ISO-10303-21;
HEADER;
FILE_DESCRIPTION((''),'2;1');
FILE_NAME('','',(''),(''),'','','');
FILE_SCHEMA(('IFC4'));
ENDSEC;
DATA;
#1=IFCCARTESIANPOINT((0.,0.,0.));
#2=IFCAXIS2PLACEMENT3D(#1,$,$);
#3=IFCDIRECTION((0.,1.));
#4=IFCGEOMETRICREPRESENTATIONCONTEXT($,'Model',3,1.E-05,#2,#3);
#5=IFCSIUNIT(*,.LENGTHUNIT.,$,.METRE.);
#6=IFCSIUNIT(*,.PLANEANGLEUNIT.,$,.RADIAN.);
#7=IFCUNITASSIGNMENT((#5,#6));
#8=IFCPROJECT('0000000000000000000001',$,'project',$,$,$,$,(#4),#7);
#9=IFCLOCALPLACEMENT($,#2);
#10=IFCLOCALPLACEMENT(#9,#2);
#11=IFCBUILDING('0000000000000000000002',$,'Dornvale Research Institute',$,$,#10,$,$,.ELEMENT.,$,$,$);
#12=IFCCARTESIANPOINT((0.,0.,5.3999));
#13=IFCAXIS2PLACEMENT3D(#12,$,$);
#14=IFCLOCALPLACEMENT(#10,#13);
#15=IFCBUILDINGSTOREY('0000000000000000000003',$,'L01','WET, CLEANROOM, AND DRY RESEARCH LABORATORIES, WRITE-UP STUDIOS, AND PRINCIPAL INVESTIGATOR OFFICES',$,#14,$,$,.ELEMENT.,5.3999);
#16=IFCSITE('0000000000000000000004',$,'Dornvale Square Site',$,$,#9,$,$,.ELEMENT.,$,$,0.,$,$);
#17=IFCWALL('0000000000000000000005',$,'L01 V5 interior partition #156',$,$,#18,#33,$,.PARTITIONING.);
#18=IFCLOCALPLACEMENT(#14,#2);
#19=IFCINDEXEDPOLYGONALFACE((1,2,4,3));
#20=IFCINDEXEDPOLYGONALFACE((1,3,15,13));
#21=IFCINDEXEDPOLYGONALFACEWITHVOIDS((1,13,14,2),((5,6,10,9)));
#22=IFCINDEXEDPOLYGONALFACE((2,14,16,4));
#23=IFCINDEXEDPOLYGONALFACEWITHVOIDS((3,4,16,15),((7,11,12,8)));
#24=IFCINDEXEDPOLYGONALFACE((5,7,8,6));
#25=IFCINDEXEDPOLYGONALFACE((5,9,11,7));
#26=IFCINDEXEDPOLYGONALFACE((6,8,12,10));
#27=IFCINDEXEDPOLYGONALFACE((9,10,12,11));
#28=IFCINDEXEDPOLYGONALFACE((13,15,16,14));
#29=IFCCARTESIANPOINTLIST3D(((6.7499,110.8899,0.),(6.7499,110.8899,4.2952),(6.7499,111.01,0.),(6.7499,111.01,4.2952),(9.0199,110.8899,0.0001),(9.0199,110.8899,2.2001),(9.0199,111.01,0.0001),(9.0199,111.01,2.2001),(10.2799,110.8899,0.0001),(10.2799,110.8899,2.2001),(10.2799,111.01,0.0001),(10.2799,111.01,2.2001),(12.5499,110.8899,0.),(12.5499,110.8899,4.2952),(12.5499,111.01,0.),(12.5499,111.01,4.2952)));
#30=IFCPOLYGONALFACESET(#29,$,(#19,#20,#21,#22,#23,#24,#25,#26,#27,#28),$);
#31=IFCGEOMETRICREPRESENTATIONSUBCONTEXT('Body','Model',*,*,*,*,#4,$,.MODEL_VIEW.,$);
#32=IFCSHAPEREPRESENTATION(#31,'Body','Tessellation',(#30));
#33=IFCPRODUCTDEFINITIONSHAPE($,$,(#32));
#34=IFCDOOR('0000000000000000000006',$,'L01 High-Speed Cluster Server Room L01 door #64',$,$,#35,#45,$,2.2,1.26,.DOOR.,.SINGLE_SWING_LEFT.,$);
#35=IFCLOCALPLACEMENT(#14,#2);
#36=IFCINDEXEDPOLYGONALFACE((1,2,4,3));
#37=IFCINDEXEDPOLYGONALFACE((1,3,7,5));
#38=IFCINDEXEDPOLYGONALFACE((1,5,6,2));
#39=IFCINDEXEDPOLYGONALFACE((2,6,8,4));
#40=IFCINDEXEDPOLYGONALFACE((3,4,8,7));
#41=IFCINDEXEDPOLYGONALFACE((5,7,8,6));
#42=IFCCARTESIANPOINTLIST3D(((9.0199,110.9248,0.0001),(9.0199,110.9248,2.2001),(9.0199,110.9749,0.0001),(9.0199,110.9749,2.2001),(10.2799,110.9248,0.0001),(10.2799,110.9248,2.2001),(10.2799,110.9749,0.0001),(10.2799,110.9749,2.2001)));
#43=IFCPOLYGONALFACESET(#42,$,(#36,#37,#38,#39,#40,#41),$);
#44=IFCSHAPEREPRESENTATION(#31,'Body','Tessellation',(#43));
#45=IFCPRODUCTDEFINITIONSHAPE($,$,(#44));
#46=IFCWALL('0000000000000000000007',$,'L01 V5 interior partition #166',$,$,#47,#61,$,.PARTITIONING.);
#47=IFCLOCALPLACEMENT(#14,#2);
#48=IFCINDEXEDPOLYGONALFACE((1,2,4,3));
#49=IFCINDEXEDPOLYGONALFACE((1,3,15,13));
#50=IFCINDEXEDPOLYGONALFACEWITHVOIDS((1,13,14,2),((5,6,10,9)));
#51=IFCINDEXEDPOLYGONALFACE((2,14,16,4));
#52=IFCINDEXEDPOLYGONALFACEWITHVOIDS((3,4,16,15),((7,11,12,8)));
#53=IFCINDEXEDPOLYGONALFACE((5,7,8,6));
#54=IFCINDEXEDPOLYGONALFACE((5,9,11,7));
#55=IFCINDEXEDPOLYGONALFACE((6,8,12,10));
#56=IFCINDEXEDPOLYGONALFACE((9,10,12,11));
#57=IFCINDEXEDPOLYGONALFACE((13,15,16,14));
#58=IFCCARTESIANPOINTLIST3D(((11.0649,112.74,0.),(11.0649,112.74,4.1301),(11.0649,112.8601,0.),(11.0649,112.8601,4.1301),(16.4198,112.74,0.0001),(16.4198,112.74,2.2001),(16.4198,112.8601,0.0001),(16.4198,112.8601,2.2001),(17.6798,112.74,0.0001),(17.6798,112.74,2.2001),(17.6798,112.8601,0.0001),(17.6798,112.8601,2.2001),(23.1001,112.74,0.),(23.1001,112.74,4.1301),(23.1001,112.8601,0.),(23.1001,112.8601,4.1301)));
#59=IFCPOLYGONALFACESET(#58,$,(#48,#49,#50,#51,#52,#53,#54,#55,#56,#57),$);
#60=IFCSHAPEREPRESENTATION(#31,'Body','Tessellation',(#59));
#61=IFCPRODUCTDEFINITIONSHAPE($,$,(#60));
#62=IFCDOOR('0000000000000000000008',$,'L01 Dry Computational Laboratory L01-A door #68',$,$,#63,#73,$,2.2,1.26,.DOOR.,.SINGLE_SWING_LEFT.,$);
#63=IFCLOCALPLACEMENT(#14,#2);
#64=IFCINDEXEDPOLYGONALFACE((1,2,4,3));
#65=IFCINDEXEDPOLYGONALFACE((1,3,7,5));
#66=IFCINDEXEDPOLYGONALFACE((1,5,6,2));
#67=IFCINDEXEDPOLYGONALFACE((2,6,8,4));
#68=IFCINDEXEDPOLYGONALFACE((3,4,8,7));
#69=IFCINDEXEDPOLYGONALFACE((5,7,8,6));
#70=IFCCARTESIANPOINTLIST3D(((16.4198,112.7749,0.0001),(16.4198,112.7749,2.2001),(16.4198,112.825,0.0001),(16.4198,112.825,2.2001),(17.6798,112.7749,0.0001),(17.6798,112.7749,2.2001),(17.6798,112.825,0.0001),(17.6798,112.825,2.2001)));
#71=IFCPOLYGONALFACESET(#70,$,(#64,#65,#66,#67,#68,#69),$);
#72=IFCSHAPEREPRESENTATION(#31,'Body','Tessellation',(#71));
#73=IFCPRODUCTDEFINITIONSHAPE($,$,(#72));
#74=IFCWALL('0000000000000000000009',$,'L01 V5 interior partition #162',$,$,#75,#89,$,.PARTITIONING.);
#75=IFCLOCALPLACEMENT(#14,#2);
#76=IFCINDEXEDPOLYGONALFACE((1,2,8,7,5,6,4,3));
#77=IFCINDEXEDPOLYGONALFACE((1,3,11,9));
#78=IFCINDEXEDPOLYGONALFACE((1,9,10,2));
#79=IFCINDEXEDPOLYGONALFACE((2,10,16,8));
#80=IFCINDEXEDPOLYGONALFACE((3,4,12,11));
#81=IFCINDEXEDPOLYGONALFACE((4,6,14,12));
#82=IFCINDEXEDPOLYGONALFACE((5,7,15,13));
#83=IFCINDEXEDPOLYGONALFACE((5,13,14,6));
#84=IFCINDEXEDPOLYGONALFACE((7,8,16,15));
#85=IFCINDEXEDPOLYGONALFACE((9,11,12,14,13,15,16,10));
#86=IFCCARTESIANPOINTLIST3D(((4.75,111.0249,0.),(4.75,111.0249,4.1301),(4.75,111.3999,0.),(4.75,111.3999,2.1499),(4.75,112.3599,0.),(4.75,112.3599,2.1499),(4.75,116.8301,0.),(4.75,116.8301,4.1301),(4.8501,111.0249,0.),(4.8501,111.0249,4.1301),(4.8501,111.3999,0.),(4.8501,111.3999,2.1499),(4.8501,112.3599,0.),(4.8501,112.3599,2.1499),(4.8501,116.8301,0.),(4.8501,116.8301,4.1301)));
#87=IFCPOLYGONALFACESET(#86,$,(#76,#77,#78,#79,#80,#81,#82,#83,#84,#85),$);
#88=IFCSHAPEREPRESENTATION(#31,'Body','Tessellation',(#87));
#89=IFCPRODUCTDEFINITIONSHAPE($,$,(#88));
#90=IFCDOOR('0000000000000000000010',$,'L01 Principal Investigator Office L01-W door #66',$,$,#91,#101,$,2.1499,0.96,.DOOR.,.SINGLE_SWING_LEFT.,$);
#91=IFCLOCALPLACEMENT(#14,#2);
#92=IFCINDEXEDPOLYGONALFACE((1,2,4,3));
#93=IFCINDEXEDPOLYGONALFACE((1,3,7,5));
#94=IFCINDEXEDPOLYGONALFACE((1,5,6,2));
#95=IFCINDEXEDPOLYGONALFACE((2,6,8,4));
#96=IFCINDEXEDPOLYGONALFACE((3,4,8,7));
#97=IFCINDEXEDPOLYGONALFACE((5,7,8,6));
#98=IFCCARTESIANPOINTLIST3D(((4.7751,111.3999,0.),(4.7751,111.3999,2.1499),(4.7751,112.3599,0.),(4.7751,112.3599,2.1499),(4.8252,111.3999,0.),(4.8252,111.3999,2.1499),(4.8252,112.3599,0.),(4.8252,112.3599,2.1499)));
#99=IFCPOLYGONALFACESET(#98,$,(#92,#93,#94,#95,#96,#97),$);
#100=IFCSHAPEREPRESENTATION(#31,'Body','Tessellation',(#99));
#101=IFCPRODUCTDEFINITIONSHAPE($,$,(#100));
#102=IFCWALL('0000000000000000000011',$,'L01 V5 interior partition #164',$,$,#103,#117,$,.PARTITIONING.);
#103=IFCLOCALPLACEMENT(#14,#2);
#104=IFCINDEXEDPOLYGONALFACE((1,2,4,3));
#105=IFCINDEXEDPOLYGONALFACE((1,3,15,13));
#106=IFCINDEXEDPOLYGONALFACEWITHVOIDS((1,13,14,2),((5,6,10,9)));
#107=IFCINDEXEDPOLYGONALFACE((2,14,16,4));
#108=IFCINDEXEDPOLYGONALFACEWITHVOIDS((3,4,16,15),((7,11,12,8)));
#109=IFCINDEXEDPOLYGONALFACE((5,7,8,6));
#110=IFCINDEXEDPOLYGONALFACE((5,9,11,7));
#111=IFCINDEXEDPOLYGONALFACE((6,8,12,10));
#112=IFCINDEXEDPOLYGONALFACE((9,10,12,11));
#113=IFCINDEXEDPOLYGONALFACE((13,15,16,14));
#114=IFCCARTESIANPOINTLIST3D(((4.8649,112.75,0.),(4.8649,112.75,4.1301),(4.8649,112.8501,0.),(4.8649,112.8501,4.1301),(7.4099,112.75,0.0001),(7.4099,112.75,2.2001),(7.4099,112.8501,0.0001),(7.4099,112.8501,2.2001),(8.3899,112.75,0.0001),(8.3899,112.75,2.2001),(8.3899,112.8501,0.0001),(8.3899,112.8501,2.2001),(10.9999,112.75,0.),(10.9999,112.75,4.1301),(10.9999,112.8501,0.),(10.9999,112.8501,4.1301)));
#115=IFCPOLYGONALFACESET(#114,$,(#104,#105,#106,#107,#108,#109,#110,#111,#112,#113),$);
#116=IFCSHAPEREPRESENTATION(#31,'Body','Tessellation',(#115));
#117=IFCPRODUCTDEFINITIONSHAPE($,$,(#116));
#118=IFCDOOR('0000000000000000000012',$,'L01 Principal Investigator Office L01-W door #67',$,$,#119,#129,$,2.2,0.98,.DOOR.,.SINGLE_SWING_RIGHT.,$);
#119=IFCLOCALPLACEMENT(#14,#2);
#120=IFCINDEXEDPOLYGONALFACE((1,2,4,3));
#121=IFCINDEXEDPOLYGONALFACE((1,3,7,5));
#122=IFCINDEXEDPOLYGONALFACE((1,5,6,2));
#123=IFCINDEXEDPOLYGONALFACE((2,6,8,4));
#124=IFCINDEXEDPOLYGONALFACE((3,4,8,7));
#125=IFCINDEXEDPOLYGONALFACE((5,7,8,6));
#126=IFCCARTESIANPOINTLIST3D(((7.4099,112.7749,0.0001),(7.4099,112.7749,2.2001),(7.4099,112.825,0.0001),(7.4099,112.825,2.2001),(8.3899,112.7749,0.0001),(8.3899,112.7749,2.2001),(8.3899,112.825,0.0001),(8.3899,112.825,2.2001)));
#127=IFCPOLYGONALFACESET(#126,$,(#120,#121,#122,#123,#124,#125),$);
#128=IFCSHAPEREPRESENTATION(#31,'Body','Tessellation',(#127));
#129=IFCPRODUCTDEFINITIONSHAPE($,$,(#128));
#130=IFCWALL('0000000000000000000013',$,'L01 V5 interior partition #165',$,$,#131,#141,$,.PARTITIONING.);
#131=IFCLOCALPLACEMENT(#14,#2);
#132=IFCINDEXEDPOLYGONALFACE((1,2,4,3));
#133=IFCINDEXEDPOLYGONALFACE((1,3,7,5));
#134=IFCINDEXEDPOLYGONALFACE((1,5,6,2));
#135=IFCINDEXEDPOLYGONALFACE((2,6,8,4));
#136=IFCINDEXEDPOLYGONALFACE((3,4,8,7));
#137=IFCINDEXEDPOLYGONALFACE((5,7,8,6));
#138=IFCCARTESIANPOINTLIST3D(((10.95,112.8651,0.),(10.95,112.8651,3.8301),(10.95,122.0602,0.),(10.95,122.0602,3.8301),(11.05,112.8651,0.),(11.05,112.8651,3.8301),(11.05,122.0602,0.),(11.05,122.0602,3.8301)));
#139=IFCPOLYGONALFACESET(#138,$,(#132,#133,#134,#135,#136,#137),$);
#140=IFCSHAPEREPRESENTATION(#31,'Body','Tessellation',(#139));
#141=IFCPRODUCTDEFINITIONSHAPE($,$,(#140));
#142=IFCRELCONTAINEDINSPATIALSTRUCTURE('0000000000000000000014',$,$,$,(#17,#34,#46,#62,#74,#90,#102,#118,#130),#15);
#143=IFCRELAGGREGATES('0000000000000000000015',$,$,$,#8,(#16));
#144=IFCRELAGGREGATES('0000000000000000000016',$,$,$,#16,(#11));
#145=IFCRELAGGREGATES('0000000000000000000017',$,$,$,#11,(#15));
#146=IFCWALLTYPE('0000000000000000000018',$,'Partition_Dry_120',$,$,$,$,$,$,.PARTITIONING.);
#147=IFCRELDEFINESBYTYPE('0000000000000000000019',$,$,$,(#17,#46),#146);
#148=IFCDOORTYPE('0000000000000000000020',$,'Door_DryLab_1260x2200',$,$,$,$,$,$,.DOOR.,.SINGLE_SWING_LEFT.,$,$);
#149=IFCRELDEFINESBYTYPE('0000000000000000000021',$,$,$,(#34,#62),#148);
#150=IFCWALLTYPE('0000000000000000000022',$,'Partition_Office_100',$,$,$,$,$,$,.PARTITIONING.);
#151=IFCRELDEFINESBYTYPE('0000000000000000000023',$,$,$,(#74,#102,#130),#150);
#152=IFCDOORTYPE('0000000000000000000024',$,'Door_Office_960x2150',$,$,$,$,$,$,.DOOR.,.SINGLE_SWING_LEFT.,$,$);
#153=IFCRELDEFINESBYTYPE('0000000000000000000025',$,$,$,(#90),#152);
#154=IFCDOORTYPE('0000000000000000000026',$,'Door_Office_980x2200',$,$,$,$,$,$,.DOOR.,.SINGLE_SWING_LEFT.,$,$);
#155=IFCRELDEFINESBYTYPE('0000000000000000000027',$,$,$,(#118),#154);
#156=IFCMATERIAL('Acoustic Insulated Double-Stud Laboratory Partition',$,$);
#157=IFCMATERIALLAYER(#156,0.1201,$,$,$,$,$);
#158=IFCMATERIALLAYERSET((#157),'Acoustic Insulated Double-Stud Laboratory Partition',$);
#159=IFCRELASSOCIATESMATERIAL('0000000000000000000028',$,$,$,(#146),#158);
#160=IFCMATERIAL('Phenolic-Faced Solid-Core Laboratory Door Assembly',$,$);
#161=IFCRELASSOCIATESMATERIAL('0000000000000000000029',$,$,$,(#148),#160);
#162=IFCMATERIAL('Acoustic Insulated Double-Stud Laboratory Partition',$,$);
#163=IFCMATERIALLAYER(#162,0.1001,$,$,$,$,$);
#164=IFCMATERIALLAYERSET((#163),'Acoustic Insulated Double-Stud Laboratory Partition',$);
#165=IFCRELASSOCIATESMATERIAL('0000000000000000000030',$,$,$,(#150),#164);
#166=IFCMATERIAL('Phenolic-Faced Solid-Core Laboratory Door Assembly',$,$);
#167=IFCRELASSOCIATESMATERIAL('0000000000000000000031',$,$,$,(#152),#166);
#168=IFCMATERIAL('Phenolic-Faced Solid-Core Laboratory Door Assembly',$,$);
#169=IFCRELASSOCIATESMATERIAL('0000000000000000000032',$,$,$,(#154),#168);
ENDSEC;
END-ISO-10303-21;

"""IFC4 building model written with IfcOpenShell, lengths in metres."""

from ifc_helpers import new_model, si_unit, direction, frame, frame_2d, origin, place, context, subcontext, project, spatial, rectangle, extrude, material, layer, layer_set, type_object, element, fill, save


model = new_model("IFC4")

# Units and contexts
model_context = context("Model", 3, precision=1e-05, world=origin(), true_north=direction((0.0, 1.0)))
body_context = subcontext(model_context, "Body", "Model", "MODEL_VIEW")
ifc_project = project(units=[si_unit("LENGTHUNIT", "METRE"), si_unit("PLANEANGLEUNIT", "RADIAN")], contexts=[model_context])

# Site, building, storey
site_placement = place(None, origin())
site = spatial("IfcSite", under=ifc_project, at=site_placement, Name="Dornvale Square Site", CompositionType="ELEMENT", RefElevation=0.0)
building_placement = place(site_placement, origin())
building = spatial("IfcBuilding", under=site, at=building_placement, Name="Dornvale Research Institute", CompositionType="ELEMENT")
storey_placement = place(building_placement, frame((0.0, 0.0, 5.3999)))
storey = spatial("IfcBuildingStorey", under=building, at=storey_placement, Name="L01", Description="WET, CLEANROOM, AND DRY RESEARCH LABORATORIES, WRITE-UP STUDIOS, AND PRINCIPAL INVESTIGATOR OFFICES", CompositionType="ELEMENT", Elevation=5.3999)

# Walls, openings, doors
ifc_material_1 = material(Name="Acoustic Insulated Double-Stud Laboratory Partition")
ifc_layer_1 = layer(ifc_material_1, 0.1201)
ifc_layer_set_1 = layer_set([ifc_layer_1], Name="Acoustic Insulated Double-Stud Laboratory Partition")
wall_type_1 = type_object("IfcWallType", Name="Partition_Dry_120", PredefinedType="PARTITIONING", material=ifc_layer_set_1)
wall_1_placement = place(storey_placement, frame((6.75, 110.95, 0.0), z_axis=(0.0, 0.0, 1.0), x_axis=(1.0, 0.0, 0.0)))
wall_1 = element("IfcWall", 1, at=wall_1_placement, inside=storey, type_object=wall_type_1, Name="L01 V5 interior partition #156", PredefinedType="PARTITIONING", context=body_context, shape_type="SweptSolid", body=[
    extrude(rectangle(XDim=5.8, YDim=0.1201, at=frame_2d((2.8999, 0.0))), origin(), (0.0, 0.0, 1.0), 4.2952),
])
opening_1_placement = place(wall_1_placement, frame((2.27, 0.0, 0.0)))
opening_1 = element("IfcOpeningElement", 2, at=opening_1_placement, cuts=wall_1, PredefinedType="OPENING", context=body_context, shape_type="SweptSolid", body=[
    extrude(rectangle(XDim=1.26, YDim=2.2, at=frame_2d((0.6299, 1.1001))), frame((0.0, 0.075, 0.0), z_axis=(0.0, -1.0, 0.0), x_axis=(1.0, 0.0, 0.0)), (0.0, 0.0, 1.0), 0.1501),
])
ifc_material_2 = material(Name="Phenolic-Faced Solid-Core Laboratory Door Assembly")
door_type_1 = type_object("IfcDoorType", Name="Door_DryLab_1260x2200", OperationType="SINGLE_SWING_LEFT", PredefinedType="DOOR", material=ifc_material_2)
door_1_placement = place(opening_1_placement, origin())
door_1 = element("IfcDoor", 3, at=door_1_placement, inside=storey, type_object=door_type_1, Name="L01 High-Speed Cluster Server Room L01 door #64", OperationType="SINGLE_SWING_LEFT", OverallHeight=2.2, OverallWidth=1.26, PredefinedType="DOOR", context=body_context, shape_type="SweptSolid", body=[
    extrude(rectangle(XDim=1.26, YDim=2.2, at=frame_2d((0.6299, 1.1001))), frame((0.0, 0.0249, 0.0), z_axis=(0.0, -1.0, 0.0), x_axis=(1.0, 0.0, 0.0)), (0.0, 0.0, 1.0), 0.05),
])
fill(opening_1, door_1)
wall_2_placement = place(storey_placement, frame((11.0649, 112.8, 0.0), z_axis=(0.0, 0.0, 1.0), x_axis=(1.0, 0.0, 0.0)))
wall_2 = element("IfcWall", 4, at=wall_2_placement, inside=storey, type_object=wall_type_1, Name="L01 V5 interior partition #166", PredefinedType="PARTITIONING", context=body_context, shape_type="SweptSolid", body=[
    extrude(rectangle(XDim=12.0352, YDim=0.1201, at=frame_2d((6.0176, 0.0))), origin(), (0.0, 0.0, 1.0), 4.1301),
])
opening_2_placement = place(wall_2_placement, frame((5.355, 0.0, 0.0)))
opening_2 = element("IfcOpeningElement", 5, at=opening_2_placement, cuts=wall_2, PredefinedType="OPENING", context=body_context, shape_type="SweptSolid", body=[
    extrude(rectangle(XDim=1.26, YDim=2.2, at=frame_2d((0.6299, 1.1001))), frame((0.0, 0.075, 0.0), z_axis=(0.0, -1.0, 0.0), x_axis=(1.0, 0.0, 0.0)), (0.0, 0.0, 1.0), 0.1501),
])
door_2_placement = place(opening_2_placement, origin())
door_2 = element("IfcDoor", 6, at=door_2_placement, inside=storey, type_object=door_type_1, Name="L01 Dry Computational Laboratory L01-A door #68", OperationType="SINGLE_SWING_LEFT", OverallHeight=2.2, OverallWidth=1.26, PredefinedType="DOOR", context=body_context, shape_type="SweptSolid", body=[
    extrude(rectangle(XDim=1.26, YDim=2.2, at=frame_2d((0.6299, 1.1001))), frame((0.0, 0.0249, 0.0), z_axis=(0.0, -1.0, 0.0), x_axis=(1.0, 0.0, 0.0)), (0.0, 0.0, 1.0), 0.05),
])
fill(opening_2, door_2)
ifc_material_3 = material(Name="Acoustic Insulated Double-Stud Laboratory Partition")
ifc_layer_2 = layer(ifc_material_3, 0.1001)
ifc_layer_set_2 = layer_set([ifc_layer_2], Name="Acoustic Insulated Double-Stud Laboratory Partition")
wall_type_2 = type_object("IfcWallType", Name="Partition_Office_100", PredefinedType="PARTITIONING", material=ifc_layer_set_2)
wall_3_placement = place(storey_placement, frame((4.8, 111.0249, 0.0), z_axis=(0.0, 0.0, 1.0), x_axis=(0.0, 1.0, 0.0)))
wall_3 = element("IfcWall", 7, at=wall_3_placement, inside=storey, type_object=wall_type_2, Name="L01 V5 interior partition #162", PredefinedType="PARTITIONING", context=body_context, shape_type="SweptSolid", body=[
    extrude(rectangle(XDim=5.8052, YDim=0.1001, at=frame_2d((2.9026, 0.0))), origin(), (0.0, 0.0, 1.0), 4.1301),
])
opening_3_placement = place(wall_3_placement, frame((0.375, 0.0, 0.0)))
opening_3 = element("IfcOpeningElement", 8, at=opening_3_placement, cuts=wall_3, PredefinedType="OPENING", context=body_context, shape_type="SweptSolid", body=[
    extrude(rectangle(XDim=0.96, YDim=2.1499, at=frame_2d((0.48, 1.075))), frame((0.0, 0.0649, 0.0), z_axis=(0.0, -1.0, 0.0), x_axis=(1.0, 0.0, 0.0)), (0.0, 0.0, 1.0), 0.1301),
])
ifc_material_4 = material(Name="Phenolic-Faced Solid-Core Laboratory Door Assembly")
door_type_2 = type_object("IfcDoorType", Name="Door_Office_960x2150", OperationType="SINGLE_SWING_LEFT", PredefinedType="DOOR", material=ifc_material_4)
door_3_placement = place(opening_3_placement, origin())
door_3 = element("IfcDoor", 9, at=door_3_placement, inside=storey, type_object=door_type_2, Name="L01 Principal Investigator Office L01-W door #66", OperationType="SINGLE_SWING_LEFT", OverallHeight=2.1499, OverallWidth=0.96, PredefinedType="DOOR", context=body_context, shape_type="SweptSolid", body=[
    extrude(rectangle(XDim=0.96, YDim=2.1499, at=frame_2d((0.48, 1.075))), frame((0.0, 0.0249, 0.0), z_axis=(0.0, -1.0, 0.0), x_axis=(1.0, 0.0, 0.0)), (0.0, 0.0, 1.0), 0.05),
])
fill(opening_3, door_3)
wall_4_placement = place(storey_placement, frame((4.865, 112.8, 0.0), z_axis=(0.0, 0.0, 1.0), x_axis=(1.0, 0.0, 0.0)))
wall_4 = element("IfcWall", 10, at=wall_4_placement, inside=storey, type_object=wall_type_2, Name="L01 V5 interior partition #164", PredefinedType="PARTITIONING", context=body_context, shape_type="SweptSolid", body=[
    extrude(rectangle(XDim=6.135, YDim=0.1001, at=frame_2d((3.0674, 0.0))), origin(), (0.0, 0.0, 1.0), 4.1301),
])
opening_4_placement = place(wall_4_placement, frame((2.5449, 0.0, 0.0)))
opening_4 = element("IfcOpeningElement", 11, at=opening_4_placement, cuts=wall_4, PredefinedType="OPENING", context=body_context, shape_type="SweptSolid", body=[
    extrude(rectangle(XDim=0.98, YDim=2.2, at=frame_2d((0.49, 1.1001))), frame((0.0, 0.0649, 0.0), z_axis=(0.0, -1.0, 0.0), x_axis=(1.0, 0.0, 0.0)), (0.0, 0.0, 1.0), 0.1301),
])
ifc_material_5 = material(Name="Phenolic-Faced Solid-Core Laboratory Door Assembly")
door_type_3 = type_object("IfcDoorType", Name="Door_Office_980x2200", OperationType="SINGLE_SWING_LEFT", PredefinedType="DOOR", material=ifc_material_5)
door_4_placement = place(opening_4_placement, origin())
door_4 = element("IfcDoor", 12, at=door_4_placement, inside=storey, type_object=door_type_3, Name="L01 Principal Investigator Office L01-W door #67", OperationType="SINGLE_SWING_RIGHT", OverallHeight=2.2, OverallWidth=0.98, PredefinedType="DOOR", context=body_context, shape_type="SweptSolid", body=[
    extrude(rectangle(XDim=0.98, YDim=2.2, at=frame_2d((0.49, 1.1001))), frame((0.0, 0.0249, 0.0), z_axis=(0.0, -1.0, 0.0), x_axis=(1.0, 0.0, 0.0)), (0.0, 0.0, 1.0), 0.05),
])
fill(opening_4, door_4)

# Wall
wall_5_placement = place(storey_placement, frame((11.0, 112.865, 0.0), z_axis=(0.0, 0.0, 1.0), x_axis=(0.0, 1.0, 0.0)))
element("IfcWall", 13, at=wall_5_placement, inside=storey, type_object=wall_type_2, Name="L01 V5 interior partition #165", PredefinedType="PARTITIONING", context=body_context, shape_type="SweptSolid", body=[
    extrude(rectangle(XDim=9.1951, YDim=0.1001, at=frame_2d((4.5977, 0.0))), origin(), (0.0, 0.0, 1.0), 3.8301),
])

save(model, "model.ifc")
